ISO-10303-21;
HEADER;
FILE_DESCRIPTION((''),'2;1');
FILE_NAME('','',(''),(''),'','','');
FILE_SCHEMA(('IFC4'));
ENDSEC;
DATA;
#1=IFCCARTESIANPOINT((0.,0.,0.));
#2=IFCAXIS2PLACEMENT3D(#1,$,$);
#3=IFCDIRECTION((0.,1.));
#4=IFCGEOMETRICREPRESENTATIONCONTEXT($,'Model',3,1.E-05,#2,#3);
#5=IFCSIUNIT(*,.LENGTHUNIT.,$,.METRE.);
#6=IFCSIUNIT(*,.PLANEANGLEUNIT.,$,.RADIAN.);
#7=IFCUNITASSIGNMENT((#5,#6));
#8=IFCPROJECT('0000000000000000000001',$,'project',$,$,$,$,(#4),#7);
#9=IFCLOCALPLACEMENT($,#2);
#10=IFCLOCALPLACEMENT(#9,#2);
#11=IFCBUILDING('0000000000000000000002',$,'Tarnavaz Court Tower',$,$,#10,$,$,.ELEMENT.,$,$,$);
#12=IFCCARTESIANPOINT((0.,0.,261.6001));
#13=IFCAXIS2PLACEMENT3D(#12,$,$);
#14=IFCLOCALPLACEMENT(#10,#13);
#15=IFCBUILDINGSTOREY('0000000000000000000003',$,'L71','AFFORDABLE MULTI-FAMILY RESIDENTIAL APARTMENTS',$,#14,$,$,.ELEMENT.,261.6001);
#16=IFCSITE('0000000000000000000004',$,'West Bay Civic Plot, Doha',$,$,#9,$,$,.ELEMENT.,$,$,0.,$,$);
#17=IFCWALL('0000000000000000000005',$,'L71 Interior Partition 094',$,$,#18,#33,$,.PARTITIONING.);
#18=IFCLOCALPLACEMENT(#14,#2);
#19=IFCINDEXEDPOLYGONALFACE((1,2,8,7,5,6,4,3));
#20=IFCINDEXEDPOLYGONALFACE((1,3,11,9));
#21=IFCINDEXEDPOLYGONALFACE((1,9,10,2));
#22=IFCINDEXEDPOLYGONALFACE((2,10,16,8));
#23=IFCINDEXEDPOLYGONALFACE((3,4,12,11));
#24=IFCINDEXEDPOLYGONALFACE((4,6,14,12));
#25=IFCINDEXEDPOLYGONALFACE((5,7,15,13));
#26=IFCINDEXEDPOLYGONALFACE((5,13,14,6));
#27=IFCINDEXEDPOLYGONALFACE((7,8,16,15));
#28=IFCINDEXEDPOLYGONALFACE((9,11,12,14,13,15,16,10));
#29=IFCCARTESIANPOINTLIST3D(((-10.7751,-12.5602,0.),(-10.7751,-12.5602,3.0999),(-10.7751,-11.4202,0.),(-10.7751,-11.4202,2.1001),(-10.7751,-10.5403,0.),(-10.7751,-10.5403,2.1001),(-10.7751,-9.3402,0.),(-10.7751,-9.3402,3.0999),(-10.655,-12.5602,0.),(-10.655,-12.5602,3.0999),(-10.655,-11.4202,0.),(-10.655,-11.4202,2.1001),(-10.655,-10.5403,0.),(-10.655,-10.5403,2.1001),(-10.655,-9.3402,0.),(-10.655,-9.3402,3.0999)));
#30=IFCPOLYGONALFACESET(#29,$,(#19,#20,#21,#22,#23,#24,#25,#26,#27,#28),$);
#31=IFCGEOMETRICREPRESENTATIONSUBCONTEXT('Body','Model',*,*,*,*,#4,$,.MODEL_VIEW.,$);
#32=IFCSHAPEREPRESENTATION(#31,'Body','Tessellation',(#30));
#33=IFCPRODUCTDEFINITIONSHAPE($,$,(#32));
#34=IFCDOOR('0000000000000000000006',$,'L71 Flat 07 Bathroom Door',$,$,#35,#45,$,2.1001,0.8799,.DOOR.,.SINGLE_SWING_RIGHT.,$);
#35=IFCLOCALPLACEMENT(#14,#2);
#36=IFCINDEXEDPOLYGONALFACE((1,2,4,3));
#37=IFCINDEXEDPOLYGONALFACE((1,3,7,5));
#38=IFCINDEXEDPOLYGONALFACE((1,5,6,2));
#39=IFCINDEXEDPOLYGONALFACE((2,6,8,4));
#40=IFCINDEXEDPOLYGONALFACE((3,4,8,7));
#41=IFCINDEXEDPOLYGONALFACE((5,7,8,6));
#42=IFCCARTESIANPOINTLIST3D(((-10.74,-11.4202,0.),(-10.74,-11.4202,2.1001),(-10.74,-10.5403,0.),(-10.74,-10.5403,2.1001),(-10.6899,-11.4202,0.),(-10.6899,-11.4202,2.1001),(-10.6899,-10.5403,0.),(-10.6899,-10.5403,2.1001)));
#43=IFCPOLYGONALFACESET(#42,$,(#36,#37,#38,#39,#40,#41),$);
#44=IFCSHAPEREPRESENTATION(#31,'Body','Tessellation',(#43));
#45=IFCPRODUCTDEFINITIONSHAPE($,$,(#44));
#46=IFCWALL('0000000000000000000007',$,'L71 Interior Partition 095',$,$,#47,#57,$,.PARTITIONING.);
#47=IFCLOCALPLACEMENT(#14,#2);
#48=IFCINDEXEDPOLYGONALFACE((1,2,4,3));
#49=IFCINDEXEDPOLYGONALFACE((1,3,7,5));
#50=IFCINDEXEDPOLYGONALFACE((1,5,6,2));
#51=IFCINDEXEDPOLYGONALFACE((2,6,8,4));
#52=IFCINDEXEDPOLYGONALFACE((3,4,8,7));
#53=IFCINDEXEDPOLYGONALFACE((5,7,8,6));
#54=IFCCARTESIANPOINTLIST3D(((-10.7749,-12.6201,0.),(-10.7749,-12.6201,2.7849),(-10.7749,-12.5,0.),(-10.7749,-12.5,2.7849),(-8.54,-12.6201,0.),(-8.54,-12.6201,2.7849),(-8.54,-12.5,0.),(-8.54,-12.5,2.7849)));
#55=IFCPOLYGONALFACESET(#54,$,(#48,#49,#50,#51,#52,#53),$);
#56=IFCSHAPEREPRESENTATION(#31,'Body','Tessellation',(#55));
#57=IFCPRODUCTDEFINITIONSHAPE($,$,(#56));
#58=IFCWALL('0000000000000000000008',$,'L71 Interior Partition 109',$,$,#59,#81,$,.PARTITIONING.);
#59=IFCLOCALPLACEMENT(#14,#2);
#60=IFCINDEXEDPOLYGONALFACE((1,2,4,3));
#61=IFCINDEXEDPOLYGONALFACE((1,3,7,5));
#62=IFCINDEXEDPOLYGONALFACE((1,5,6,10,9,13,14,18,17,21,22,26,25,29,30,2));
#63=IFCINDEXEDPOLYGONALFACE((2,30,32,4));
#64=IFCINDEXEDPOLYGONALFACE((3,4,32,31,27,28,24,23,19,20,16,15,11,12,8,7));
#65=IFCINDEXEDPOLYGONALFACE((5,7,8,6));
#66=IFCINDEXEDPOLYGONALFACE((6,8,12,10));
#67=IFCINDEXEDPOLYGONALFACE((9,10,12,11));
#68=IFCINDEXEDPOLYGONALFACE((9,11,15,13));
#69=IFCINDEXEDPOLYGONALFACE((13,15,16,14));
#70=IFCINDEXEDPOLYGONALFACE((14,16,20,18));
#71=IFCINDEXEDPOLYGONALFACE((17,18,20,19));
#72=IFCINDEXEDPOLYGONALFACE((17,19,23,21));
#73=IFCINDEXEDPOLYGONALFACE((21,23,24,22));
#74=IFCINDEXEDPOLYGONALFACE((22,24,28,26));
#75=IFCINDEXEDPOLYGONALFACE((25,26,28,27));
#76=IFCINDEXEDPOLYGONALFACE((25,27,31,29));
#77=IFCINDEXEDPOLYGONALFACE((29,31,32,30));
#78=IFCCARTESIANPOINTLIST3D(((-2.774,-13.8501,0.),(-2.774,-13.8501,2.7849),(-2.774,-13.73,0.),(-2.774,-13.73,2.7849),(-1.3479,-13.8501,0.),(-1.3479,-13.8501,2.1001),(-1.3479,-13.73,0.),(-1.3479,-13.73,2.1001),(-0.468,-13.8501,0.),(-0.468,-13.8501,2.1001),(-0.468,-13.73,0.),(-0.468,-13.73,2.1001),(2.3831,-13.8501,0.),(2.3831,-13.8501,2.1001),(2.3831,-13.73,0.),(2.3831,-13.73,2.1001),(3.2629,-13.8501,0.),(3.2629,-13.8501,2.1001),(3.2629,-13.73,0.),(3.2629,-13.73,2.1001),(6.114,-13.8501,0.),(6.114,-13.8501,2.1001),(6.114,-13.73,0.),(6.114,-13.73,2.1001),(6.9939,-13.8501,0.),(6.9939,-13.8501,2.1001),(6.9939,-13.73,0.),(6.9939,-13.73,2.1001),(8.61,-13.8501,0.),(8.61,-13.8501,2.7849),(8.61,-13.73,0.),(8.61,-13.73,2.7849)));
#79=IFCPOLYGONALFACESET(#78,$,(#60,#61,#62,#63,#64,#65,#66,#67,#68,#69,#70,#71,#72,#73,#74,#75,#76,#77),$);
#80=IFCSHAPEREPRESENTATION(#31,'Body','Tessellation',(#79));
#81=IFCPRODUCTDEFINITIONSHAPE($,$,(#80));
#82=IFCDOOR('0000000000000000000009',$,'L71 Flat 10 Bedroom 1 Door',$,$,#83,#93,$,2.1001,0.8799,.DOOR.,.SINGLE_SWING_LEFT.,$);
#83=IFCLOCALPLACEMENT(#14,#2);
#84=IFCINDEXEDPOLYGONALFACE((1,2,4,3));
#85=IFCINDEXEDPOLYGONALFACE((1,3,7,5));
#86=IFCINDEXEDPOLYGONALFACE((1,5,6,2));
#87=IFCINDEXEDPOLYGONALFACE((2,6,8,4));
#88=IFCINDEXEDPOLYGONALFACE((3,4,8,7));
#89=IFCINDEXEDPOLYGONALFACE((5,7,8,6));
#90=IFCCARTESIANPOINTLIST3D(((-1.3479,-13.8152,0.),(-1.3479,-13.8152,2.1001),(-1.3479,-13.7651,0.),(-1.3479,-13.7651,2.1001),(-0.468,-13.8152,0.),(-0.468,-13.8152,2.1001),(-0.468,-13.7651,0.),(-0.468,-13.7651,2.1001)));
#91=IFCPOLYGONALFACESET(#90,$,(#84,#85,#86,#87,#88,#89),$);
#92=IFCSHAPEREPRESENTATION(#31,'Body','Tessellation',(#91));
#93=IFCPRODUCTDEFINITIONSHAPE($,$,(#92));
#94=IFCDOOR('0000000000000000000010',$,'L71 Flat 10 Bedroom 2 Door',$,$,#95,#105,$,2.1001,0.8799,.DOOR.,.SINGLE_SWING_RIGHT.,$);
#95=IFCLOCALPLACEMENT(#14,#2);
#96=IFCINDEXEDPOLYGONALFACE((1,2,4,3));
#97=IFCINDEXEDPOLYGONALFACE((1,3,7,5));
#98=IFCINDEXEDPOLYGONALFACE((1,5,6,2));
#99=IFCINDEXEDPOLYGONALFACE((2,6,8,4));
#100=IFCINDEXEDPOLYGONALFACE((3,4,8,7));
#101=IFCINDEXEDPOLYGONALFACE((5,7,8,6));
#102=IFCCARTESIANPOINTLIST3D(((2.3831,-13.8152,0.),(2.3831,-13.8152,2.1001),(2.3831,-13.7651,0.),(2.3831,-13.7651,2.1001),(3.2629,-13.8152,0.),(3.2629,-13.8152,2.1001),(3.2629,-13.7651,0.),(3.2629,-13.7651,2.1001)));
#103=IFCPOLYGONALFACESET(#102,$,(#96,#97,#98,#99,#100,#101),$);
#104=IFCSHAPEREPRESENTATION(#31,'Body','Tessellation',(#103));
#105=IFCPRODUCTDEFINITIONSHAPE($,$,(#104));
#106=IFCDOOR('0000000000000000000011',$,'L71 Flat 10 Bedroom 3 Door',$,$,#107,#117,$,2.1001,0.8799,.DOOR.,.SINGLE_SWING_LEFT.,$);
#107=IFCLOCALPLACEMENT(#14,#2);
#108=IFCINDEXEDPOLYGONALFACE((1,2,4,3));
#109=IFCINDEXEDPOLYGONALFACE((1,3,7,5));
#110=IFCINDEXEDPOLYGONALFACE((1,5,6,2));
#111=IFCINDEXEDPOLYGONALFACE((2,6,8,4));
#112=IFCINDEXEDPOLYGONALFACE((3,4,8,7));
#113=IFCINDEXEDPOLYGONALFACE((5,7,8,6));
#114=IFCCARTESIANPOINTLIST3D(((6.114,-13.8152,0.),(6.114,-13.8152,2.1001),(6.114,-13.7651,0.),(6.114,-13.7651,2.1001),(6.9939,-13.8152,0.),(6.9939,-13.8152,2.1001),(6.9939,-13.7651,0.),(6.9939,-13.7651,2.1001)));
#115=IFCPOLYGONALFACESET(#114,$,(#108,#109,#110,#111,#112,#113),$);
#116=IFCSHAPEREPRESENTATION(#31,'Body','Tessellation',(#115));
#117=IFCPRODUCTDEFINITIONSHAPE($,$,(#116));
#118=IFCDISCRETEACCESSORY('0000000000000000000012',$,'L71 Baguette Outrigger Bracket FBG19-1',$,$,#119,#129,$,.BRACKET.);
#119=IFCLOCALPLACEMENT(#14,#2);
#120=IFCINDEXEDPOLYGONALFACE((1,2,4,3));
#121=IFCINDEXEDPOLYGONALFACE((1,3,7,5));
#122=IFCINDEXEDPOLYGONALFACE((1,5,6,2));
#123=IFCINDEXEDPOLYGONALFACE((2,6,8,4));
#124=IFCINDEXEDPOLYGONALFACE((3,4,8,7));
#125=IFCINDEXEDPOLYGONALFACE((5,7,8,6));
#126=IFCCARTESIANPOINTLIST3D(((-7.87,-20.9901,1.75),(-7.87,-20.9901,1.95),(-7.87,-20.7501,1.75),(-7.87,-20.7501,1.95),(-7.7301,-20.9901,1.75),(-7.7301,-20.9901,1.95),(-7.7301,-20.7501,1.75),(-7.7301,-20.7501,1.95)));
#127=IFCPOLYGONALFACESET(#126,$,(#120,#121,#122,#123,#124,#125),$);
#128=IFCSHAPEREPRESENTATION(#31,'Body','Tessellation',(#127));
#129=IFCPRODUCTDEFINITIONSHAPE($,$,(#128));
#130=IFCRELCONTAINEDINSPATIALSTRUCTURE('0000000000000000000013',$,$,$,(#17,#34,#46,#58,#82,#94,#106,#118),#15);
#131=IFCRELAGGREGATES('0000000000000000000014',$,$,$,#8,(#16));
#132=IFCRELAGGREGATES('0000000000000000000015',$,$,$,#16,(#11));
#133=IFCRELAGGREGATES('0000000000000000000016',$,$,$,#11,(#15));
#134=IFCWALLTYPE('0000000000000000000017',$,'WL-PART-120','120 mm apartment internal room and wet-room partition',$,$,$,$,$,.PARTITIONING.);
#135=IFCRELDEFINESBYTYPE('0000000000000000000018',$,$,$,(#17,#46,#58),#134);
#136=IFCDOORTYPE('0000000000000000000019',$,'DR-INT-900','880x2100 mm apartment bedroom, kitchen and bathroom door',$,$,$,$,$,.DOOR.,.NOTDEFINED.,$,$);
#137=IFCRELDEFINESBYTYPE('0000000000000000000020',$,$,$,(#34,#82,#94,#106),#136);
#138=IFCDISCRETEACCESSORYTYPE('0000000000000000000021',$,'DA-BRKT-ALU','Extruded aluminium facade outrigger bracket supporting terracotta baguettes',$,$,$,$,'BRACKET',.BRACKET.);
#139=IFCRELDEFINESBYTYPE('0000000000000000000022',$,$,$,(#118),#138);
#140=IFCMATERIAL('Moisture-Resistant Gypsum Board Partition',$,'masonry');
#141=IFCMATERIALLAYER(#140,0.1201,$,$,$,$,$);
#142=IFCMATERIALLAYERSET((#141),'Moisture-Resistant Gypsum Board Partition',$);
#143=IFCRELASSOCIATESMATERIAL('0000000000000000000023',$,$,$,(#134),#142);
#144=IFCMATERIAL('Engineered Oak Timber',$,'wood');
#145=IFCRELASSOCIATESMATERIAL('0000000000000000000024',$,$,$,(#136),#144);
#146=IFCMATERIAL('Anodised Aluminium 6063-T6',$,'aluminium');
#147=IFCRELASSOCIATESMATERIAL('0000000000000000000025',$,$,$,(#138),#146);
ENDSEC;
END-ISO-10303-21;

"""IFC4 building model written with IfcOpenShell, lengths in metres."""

from ifc_helpers import new_model, si_unit, direction, frame, frame_2d, origin, origin_2d, place, context, subcontext, project, spatial, rectangle, extrude, material, layer, layer_set, type_object, element, fill, save


model = new_model("IFC4")

# Units and contexts
model_context = context("Model", 3, precision=1e-05, world=origin(), true_north=direction((0.0, 1.0)))
body_context = subcontext(model_context, "Body", "Model", "MODEL_VIEW")
ifc_project = project(units=[si_unit("LENGTHUNIT", "METRE"), si_unit("PLANEANGLEUNIT", "RADIAN")], contexts=[model_context])

# Site, building, storey
site_placement = place(None, origin())
site = spatial("IfcSite", under=ifc_project, at=site_placement, Name="West Bay Civic Plot, Doha", CompositionType="ELEMENT", RefElevation=0.0)
building_placement = place(site_placement, origin())
building = spatial("IfcBuilding", under=site, at=building_placement, Name="Tarnavaz Court Tower", CompositionType="ELEMENT")
storey_placement = place(building_placement, frame((0.0, 0.0, 261.6001)))
storey = spatial("IfcBuildingStorey", under=building, at=storey_placement, Name="L71", Description="AFFORDABLE MULTI-FAMILY RESIDENTIAL APARTMENTS", CompositionType="ELEMENT", Elevation=261.6001)

# Wall, opening, door
ifc_material_1 = material(Name="Moisture-Resistant Gypsum Board Partition", Category="masonry")
ifc_layer_1 = layer(ifc_material_1, 0.1201)
ifc_layer_set_1 = layer_set([ifc_layer_1], Name="Moisture-Resistant Gypsum Board Partition")
wall_type_1 = type_object("IfcWallType", Name="WL-PART-120", Description="120 mm apartment internal room and wet-room partition", PredefinedType="PARTITIONING", material=ifc_layer_set_1)
wall_1_placement = place(storey_placement, frame((-10.7151, -12.5601, 0.0), z_axis=(0.0, 0.0, 1.0), x_axis=(0.0, 1.0, 0.0)))
wall_1 = element("IfcWall", 1, at=wall_1_placement, inside=storey, type_object=wall_type_1, Name="L71 Interior Partition 094", PredefinedType="PARTITIONING", context=body_context, shape_type="SweptSolid", body=[
    extrude(rectangle(XDim=3.22, YDim=0.1201, at=frame_2d((1.6099, 0.0))), origin(), (0.0, 0.0, 1.0), 3.0999),
])
opening_1_placement = place(wall_1_placement, frame((1.1399, 0.0, 0.0)))
opening_1 = element("IfcOpeningElement", 2, at=opening_1_placement, cuts=wall_1, PredefinedType="OPENING", context=body_context, shape_type="SweptSolid", body=[
    extrude(rectangle(XDim=0.8799, YDim=2.1001, at=frame_2d((0.4399, 1.05))), frame((0.0, 0.0701, 0.0), z_axis=(0.0, -1.0, 0.0), x_axis=(1.0, 0.0, 0.0)), (0.0, 0.0, 1.0), 0.1401),
])
ifc_material_2 = material(Name="Engineered Oak Timber", Category="wood")
door_type = type_object("IfcDoorType", Name="DR-INT-900", Description="880x2100 mm apartment bedroom, kitchen and bathroom door", OperationType="NOTDEFINED", PredefinedType="DOOR", material=ifc_material_2)
door_1_placement = place(opening_1_placement, origin())
door_1 = element("IfcDoor", 3, at=door_1_placement, inside=storey, type_object=door_type, Name="L71 Flat 07 Bathroom Door", OperationType="SINGLE_SWING_RIGHT", OverallHeight=2.1001, OverallWidth=0.8799, PredefinedType="DOOR", context=body_context, shape_type="SweptSolid", body=[
    extrude(rectangle(XDim=0.8799, YDim=2.1001, at=frame_2d((0.4399, 1.05))), frame((0.0, 0.0249, 0.0), z_axis=(0.0, -1.0, 0.0), x_axis=(1.0, 0.0, 0.0)), (0.0, 0.0, 1.0), 0.05),
])
fill(opening_1, door_1)

# Wall
wall_2_placement = place(storey_placement, frame((-10.7749, -12.5601, 0.0), z_axis=(0.0, 0.0, 1.0), x_axis=(1.0, 0.0, 0.0)))
element("IfcWall", 4, at=wall_2_placement, inside=storey, type_object=wall_type_1, Name="L71 Interior Partition 095", PredefinedType="PARTITIONING", context=body_context, shape_type="SweptSolid", body=[
    extrude(rectangle(XDim=2.2349, YDim=0.1201, at=frame_2d((1.1174, 0.0))), origin(), (0.0, 0.0, 1.0), 2.7849),
])

# Wall, openings, doors
wall_3_placement = place(storey_placement, frame((-2.7739, -13.79, 0.0), z_axis=(0.0, 0.0, 1.0), x_axis=(1.0, 0.0, 0.0)))
wall_3 = element("IfcWall", 5, at=wall_3_placement, inside=storey, type_object=wall_type_1, Name="L71 Interior Partition 109", PredefinedType="PARTITIONING", context=body_context, shape_type="SweptSolid", body=[
    extrude(rectangle(XDim=11.384, YDim=0.1201, at=frame_2d((5.6919, 0.0))), origin(), (0.0, 0.0, 1.0), 2.7849),
])
opening_2_placement = place(wall_3_placement, frame((1.426, 0.0, 0.0)))
opening_2 = element("IfcOpeningElement", 6, at=opening_2_placement, cuts=wall_3, PredefinedType="OPENING", context=body_context, shape_type="SweptSolid", body=[
    extrude(rectangle(XDim=0.8799, YDim=2.1001, at=frame_2d((0.4399, 1.05))), frame((0.0, 0.0701, 0.0), z_axis=(0.0, -1.0, 0.0), x_axis=(1.0, 0.0, 0.0)), (0.0, 0.0, 1.0), 0.1401),
])
opening_3_placement = place(wall_3_placement, frame((5.157, 0.0, 0.0)))
opening_3 = element("IfcOpeningElement", 7, at=opening_3_placement, cuts=wall_3, PredefinedType="OPENING", context=body_context, shape_type="SweptSolid", body=[
    extrude(rectangle(XDim=0.8799, YDim=2.1001, at=frame_2d((0.4399, 1.05))), frame((0.0, 0.0701, 0.0), z_axis=(0.0, -1.0, 0.0), x_axis=(1.0, 0.0, 0.0)), (0.0, 0.0, 1.0), 0.1401),
])
opening_4_placement = place(wall_3_placement, frame((8.8879, 0.0, 0.0)))
opening_4 = element("IfcOpeningElement", 8, at=opening_4_placement, cuts=wall_3, PredefinedType="OPENING", context=body_context, shape_type="SweptSolid", body=[
    extrude(rectangle(XDim=0.8799, YDim=2.1001, at=frame_2d((0.4399, 1.05))), frame((0.0, 0.0701, 0.0), z_axis=(0.0, -1.0, 0.0), x_axis=(1.0, 0.0, 0.0)), (0.0, 0.0, 1.0), 0.1401),
])
door_2_placement = place(opening_2_placement, origin())
door_2 = element("IfcDoor", 9, at=door_2_placement, inside=storey, type_object=door_type, Name="L71 Flat 10 Bedroom 1 Door", OperationType="SINGLE_SWING_LEFT", OverallHeight=2.1001, OverallWidth=0.8799, PredefinedType="DOOR", context=body_context, shape_type="SweptSolid", body=[
    extrude(rectangle(XDim=0.8799, YDim=2.1001, at=frame_2d((0.4399, 1.05))), frame((0.0, 0.0249, 0.0), z_axis=(0.0, -1.0, 0.0), x_axis=(1.0, 0.0, 0.0)), (0.0, 0.0, 1.0), 0.05),
])
fill(opening_2, door_2)
door_3_placement = place(opening_3_placement, origin())
door_3 = element("IfcDoor", 10, at=door_3_placement, inside=storey, type_object=door_type, Name="L71 Flat 10 Bedroom 2 Door", OperationType="SINGLE_SWING_RIGHT", OverallHeight=2.1001, OverallWidth=0.8799, PredefinedType="DOOR", context=body_context, shape_type="SweptSolid", body=[
    extrude(rectangle(XDim=0.8799, YDim=2.1001, at=frame_2d((0.4399, 1.05))), frame((0.0, 0.0249, 0.0), z_axis=(0.0, -1.0, 0.0), x_axis=(1.0, 0.0, 0.0)), (0.0, 0.0, 1.0), 0.05),
])
fill(opening_3, door_3)
door_4_placement = place(opening_4_placement, origin())
door_4 = element("IfcDoor", 11, at=door_4_placement, inside=storey, type_object=door_type, Name="L71 Flat 10 Bedroom 3 Door", OperationType="SINGLE_SWING_LEFT", OverallHeight=2.1001, OverallWidth=0.8799, PredefinedType="DOOR", context=body_context, shape_type="SweptSolid", body=[
    extrude(rectangle(XDim=0.8799, YDim=2.1001, at=frame_2d((0.4399, 1.05))), frame((0.0, 0.0249, 0.0), z_axis=(0.0, -1.0, 0.0), x_axis=(1.0, 0.0, 0.0)), (0.0, 0.0, 1.0), 0.05),
])
fill(opening_4, door_4)

# Discrete accessory
ifc_material_3 = material(Name="Anodised Aluminium 6063-T6", Category="aluminium")
discrete_accessory_type = type_object("IfcDiscreteAccessoryType", Name="DA-BRKT-ALU", Description="Extruded aluminium facade outrigger bracket supporting terracotta baguettes", ElementType="BRACKET", PredefinedType="BRACKET", material=ifc_material_3)
discrete_accessory_placement = place(storey_placement, frame((-7.8, -20.8701, 1.75), z_axis=(0.0, 0.0, 1.0), x_axis=(-1.0, 0.0, 0.0)))
element("IfcDiscreteAccessory", 12, at=discrete_accessory_placement, inside=storey, type_object=discrete_accessory_type, Name="L71 Baguette Outrigger Bracket FBG19-1", PredefinedType="BRACKET", context=body_context, shape_type="SweptSolid", body=[
    extrude(rectangle(XDim=0.1399, YDim=0.24, at=origin_2d()), origin(), (0.0, 0.0, 1.0), 0.2),
])

save(model, "model.ifc")
